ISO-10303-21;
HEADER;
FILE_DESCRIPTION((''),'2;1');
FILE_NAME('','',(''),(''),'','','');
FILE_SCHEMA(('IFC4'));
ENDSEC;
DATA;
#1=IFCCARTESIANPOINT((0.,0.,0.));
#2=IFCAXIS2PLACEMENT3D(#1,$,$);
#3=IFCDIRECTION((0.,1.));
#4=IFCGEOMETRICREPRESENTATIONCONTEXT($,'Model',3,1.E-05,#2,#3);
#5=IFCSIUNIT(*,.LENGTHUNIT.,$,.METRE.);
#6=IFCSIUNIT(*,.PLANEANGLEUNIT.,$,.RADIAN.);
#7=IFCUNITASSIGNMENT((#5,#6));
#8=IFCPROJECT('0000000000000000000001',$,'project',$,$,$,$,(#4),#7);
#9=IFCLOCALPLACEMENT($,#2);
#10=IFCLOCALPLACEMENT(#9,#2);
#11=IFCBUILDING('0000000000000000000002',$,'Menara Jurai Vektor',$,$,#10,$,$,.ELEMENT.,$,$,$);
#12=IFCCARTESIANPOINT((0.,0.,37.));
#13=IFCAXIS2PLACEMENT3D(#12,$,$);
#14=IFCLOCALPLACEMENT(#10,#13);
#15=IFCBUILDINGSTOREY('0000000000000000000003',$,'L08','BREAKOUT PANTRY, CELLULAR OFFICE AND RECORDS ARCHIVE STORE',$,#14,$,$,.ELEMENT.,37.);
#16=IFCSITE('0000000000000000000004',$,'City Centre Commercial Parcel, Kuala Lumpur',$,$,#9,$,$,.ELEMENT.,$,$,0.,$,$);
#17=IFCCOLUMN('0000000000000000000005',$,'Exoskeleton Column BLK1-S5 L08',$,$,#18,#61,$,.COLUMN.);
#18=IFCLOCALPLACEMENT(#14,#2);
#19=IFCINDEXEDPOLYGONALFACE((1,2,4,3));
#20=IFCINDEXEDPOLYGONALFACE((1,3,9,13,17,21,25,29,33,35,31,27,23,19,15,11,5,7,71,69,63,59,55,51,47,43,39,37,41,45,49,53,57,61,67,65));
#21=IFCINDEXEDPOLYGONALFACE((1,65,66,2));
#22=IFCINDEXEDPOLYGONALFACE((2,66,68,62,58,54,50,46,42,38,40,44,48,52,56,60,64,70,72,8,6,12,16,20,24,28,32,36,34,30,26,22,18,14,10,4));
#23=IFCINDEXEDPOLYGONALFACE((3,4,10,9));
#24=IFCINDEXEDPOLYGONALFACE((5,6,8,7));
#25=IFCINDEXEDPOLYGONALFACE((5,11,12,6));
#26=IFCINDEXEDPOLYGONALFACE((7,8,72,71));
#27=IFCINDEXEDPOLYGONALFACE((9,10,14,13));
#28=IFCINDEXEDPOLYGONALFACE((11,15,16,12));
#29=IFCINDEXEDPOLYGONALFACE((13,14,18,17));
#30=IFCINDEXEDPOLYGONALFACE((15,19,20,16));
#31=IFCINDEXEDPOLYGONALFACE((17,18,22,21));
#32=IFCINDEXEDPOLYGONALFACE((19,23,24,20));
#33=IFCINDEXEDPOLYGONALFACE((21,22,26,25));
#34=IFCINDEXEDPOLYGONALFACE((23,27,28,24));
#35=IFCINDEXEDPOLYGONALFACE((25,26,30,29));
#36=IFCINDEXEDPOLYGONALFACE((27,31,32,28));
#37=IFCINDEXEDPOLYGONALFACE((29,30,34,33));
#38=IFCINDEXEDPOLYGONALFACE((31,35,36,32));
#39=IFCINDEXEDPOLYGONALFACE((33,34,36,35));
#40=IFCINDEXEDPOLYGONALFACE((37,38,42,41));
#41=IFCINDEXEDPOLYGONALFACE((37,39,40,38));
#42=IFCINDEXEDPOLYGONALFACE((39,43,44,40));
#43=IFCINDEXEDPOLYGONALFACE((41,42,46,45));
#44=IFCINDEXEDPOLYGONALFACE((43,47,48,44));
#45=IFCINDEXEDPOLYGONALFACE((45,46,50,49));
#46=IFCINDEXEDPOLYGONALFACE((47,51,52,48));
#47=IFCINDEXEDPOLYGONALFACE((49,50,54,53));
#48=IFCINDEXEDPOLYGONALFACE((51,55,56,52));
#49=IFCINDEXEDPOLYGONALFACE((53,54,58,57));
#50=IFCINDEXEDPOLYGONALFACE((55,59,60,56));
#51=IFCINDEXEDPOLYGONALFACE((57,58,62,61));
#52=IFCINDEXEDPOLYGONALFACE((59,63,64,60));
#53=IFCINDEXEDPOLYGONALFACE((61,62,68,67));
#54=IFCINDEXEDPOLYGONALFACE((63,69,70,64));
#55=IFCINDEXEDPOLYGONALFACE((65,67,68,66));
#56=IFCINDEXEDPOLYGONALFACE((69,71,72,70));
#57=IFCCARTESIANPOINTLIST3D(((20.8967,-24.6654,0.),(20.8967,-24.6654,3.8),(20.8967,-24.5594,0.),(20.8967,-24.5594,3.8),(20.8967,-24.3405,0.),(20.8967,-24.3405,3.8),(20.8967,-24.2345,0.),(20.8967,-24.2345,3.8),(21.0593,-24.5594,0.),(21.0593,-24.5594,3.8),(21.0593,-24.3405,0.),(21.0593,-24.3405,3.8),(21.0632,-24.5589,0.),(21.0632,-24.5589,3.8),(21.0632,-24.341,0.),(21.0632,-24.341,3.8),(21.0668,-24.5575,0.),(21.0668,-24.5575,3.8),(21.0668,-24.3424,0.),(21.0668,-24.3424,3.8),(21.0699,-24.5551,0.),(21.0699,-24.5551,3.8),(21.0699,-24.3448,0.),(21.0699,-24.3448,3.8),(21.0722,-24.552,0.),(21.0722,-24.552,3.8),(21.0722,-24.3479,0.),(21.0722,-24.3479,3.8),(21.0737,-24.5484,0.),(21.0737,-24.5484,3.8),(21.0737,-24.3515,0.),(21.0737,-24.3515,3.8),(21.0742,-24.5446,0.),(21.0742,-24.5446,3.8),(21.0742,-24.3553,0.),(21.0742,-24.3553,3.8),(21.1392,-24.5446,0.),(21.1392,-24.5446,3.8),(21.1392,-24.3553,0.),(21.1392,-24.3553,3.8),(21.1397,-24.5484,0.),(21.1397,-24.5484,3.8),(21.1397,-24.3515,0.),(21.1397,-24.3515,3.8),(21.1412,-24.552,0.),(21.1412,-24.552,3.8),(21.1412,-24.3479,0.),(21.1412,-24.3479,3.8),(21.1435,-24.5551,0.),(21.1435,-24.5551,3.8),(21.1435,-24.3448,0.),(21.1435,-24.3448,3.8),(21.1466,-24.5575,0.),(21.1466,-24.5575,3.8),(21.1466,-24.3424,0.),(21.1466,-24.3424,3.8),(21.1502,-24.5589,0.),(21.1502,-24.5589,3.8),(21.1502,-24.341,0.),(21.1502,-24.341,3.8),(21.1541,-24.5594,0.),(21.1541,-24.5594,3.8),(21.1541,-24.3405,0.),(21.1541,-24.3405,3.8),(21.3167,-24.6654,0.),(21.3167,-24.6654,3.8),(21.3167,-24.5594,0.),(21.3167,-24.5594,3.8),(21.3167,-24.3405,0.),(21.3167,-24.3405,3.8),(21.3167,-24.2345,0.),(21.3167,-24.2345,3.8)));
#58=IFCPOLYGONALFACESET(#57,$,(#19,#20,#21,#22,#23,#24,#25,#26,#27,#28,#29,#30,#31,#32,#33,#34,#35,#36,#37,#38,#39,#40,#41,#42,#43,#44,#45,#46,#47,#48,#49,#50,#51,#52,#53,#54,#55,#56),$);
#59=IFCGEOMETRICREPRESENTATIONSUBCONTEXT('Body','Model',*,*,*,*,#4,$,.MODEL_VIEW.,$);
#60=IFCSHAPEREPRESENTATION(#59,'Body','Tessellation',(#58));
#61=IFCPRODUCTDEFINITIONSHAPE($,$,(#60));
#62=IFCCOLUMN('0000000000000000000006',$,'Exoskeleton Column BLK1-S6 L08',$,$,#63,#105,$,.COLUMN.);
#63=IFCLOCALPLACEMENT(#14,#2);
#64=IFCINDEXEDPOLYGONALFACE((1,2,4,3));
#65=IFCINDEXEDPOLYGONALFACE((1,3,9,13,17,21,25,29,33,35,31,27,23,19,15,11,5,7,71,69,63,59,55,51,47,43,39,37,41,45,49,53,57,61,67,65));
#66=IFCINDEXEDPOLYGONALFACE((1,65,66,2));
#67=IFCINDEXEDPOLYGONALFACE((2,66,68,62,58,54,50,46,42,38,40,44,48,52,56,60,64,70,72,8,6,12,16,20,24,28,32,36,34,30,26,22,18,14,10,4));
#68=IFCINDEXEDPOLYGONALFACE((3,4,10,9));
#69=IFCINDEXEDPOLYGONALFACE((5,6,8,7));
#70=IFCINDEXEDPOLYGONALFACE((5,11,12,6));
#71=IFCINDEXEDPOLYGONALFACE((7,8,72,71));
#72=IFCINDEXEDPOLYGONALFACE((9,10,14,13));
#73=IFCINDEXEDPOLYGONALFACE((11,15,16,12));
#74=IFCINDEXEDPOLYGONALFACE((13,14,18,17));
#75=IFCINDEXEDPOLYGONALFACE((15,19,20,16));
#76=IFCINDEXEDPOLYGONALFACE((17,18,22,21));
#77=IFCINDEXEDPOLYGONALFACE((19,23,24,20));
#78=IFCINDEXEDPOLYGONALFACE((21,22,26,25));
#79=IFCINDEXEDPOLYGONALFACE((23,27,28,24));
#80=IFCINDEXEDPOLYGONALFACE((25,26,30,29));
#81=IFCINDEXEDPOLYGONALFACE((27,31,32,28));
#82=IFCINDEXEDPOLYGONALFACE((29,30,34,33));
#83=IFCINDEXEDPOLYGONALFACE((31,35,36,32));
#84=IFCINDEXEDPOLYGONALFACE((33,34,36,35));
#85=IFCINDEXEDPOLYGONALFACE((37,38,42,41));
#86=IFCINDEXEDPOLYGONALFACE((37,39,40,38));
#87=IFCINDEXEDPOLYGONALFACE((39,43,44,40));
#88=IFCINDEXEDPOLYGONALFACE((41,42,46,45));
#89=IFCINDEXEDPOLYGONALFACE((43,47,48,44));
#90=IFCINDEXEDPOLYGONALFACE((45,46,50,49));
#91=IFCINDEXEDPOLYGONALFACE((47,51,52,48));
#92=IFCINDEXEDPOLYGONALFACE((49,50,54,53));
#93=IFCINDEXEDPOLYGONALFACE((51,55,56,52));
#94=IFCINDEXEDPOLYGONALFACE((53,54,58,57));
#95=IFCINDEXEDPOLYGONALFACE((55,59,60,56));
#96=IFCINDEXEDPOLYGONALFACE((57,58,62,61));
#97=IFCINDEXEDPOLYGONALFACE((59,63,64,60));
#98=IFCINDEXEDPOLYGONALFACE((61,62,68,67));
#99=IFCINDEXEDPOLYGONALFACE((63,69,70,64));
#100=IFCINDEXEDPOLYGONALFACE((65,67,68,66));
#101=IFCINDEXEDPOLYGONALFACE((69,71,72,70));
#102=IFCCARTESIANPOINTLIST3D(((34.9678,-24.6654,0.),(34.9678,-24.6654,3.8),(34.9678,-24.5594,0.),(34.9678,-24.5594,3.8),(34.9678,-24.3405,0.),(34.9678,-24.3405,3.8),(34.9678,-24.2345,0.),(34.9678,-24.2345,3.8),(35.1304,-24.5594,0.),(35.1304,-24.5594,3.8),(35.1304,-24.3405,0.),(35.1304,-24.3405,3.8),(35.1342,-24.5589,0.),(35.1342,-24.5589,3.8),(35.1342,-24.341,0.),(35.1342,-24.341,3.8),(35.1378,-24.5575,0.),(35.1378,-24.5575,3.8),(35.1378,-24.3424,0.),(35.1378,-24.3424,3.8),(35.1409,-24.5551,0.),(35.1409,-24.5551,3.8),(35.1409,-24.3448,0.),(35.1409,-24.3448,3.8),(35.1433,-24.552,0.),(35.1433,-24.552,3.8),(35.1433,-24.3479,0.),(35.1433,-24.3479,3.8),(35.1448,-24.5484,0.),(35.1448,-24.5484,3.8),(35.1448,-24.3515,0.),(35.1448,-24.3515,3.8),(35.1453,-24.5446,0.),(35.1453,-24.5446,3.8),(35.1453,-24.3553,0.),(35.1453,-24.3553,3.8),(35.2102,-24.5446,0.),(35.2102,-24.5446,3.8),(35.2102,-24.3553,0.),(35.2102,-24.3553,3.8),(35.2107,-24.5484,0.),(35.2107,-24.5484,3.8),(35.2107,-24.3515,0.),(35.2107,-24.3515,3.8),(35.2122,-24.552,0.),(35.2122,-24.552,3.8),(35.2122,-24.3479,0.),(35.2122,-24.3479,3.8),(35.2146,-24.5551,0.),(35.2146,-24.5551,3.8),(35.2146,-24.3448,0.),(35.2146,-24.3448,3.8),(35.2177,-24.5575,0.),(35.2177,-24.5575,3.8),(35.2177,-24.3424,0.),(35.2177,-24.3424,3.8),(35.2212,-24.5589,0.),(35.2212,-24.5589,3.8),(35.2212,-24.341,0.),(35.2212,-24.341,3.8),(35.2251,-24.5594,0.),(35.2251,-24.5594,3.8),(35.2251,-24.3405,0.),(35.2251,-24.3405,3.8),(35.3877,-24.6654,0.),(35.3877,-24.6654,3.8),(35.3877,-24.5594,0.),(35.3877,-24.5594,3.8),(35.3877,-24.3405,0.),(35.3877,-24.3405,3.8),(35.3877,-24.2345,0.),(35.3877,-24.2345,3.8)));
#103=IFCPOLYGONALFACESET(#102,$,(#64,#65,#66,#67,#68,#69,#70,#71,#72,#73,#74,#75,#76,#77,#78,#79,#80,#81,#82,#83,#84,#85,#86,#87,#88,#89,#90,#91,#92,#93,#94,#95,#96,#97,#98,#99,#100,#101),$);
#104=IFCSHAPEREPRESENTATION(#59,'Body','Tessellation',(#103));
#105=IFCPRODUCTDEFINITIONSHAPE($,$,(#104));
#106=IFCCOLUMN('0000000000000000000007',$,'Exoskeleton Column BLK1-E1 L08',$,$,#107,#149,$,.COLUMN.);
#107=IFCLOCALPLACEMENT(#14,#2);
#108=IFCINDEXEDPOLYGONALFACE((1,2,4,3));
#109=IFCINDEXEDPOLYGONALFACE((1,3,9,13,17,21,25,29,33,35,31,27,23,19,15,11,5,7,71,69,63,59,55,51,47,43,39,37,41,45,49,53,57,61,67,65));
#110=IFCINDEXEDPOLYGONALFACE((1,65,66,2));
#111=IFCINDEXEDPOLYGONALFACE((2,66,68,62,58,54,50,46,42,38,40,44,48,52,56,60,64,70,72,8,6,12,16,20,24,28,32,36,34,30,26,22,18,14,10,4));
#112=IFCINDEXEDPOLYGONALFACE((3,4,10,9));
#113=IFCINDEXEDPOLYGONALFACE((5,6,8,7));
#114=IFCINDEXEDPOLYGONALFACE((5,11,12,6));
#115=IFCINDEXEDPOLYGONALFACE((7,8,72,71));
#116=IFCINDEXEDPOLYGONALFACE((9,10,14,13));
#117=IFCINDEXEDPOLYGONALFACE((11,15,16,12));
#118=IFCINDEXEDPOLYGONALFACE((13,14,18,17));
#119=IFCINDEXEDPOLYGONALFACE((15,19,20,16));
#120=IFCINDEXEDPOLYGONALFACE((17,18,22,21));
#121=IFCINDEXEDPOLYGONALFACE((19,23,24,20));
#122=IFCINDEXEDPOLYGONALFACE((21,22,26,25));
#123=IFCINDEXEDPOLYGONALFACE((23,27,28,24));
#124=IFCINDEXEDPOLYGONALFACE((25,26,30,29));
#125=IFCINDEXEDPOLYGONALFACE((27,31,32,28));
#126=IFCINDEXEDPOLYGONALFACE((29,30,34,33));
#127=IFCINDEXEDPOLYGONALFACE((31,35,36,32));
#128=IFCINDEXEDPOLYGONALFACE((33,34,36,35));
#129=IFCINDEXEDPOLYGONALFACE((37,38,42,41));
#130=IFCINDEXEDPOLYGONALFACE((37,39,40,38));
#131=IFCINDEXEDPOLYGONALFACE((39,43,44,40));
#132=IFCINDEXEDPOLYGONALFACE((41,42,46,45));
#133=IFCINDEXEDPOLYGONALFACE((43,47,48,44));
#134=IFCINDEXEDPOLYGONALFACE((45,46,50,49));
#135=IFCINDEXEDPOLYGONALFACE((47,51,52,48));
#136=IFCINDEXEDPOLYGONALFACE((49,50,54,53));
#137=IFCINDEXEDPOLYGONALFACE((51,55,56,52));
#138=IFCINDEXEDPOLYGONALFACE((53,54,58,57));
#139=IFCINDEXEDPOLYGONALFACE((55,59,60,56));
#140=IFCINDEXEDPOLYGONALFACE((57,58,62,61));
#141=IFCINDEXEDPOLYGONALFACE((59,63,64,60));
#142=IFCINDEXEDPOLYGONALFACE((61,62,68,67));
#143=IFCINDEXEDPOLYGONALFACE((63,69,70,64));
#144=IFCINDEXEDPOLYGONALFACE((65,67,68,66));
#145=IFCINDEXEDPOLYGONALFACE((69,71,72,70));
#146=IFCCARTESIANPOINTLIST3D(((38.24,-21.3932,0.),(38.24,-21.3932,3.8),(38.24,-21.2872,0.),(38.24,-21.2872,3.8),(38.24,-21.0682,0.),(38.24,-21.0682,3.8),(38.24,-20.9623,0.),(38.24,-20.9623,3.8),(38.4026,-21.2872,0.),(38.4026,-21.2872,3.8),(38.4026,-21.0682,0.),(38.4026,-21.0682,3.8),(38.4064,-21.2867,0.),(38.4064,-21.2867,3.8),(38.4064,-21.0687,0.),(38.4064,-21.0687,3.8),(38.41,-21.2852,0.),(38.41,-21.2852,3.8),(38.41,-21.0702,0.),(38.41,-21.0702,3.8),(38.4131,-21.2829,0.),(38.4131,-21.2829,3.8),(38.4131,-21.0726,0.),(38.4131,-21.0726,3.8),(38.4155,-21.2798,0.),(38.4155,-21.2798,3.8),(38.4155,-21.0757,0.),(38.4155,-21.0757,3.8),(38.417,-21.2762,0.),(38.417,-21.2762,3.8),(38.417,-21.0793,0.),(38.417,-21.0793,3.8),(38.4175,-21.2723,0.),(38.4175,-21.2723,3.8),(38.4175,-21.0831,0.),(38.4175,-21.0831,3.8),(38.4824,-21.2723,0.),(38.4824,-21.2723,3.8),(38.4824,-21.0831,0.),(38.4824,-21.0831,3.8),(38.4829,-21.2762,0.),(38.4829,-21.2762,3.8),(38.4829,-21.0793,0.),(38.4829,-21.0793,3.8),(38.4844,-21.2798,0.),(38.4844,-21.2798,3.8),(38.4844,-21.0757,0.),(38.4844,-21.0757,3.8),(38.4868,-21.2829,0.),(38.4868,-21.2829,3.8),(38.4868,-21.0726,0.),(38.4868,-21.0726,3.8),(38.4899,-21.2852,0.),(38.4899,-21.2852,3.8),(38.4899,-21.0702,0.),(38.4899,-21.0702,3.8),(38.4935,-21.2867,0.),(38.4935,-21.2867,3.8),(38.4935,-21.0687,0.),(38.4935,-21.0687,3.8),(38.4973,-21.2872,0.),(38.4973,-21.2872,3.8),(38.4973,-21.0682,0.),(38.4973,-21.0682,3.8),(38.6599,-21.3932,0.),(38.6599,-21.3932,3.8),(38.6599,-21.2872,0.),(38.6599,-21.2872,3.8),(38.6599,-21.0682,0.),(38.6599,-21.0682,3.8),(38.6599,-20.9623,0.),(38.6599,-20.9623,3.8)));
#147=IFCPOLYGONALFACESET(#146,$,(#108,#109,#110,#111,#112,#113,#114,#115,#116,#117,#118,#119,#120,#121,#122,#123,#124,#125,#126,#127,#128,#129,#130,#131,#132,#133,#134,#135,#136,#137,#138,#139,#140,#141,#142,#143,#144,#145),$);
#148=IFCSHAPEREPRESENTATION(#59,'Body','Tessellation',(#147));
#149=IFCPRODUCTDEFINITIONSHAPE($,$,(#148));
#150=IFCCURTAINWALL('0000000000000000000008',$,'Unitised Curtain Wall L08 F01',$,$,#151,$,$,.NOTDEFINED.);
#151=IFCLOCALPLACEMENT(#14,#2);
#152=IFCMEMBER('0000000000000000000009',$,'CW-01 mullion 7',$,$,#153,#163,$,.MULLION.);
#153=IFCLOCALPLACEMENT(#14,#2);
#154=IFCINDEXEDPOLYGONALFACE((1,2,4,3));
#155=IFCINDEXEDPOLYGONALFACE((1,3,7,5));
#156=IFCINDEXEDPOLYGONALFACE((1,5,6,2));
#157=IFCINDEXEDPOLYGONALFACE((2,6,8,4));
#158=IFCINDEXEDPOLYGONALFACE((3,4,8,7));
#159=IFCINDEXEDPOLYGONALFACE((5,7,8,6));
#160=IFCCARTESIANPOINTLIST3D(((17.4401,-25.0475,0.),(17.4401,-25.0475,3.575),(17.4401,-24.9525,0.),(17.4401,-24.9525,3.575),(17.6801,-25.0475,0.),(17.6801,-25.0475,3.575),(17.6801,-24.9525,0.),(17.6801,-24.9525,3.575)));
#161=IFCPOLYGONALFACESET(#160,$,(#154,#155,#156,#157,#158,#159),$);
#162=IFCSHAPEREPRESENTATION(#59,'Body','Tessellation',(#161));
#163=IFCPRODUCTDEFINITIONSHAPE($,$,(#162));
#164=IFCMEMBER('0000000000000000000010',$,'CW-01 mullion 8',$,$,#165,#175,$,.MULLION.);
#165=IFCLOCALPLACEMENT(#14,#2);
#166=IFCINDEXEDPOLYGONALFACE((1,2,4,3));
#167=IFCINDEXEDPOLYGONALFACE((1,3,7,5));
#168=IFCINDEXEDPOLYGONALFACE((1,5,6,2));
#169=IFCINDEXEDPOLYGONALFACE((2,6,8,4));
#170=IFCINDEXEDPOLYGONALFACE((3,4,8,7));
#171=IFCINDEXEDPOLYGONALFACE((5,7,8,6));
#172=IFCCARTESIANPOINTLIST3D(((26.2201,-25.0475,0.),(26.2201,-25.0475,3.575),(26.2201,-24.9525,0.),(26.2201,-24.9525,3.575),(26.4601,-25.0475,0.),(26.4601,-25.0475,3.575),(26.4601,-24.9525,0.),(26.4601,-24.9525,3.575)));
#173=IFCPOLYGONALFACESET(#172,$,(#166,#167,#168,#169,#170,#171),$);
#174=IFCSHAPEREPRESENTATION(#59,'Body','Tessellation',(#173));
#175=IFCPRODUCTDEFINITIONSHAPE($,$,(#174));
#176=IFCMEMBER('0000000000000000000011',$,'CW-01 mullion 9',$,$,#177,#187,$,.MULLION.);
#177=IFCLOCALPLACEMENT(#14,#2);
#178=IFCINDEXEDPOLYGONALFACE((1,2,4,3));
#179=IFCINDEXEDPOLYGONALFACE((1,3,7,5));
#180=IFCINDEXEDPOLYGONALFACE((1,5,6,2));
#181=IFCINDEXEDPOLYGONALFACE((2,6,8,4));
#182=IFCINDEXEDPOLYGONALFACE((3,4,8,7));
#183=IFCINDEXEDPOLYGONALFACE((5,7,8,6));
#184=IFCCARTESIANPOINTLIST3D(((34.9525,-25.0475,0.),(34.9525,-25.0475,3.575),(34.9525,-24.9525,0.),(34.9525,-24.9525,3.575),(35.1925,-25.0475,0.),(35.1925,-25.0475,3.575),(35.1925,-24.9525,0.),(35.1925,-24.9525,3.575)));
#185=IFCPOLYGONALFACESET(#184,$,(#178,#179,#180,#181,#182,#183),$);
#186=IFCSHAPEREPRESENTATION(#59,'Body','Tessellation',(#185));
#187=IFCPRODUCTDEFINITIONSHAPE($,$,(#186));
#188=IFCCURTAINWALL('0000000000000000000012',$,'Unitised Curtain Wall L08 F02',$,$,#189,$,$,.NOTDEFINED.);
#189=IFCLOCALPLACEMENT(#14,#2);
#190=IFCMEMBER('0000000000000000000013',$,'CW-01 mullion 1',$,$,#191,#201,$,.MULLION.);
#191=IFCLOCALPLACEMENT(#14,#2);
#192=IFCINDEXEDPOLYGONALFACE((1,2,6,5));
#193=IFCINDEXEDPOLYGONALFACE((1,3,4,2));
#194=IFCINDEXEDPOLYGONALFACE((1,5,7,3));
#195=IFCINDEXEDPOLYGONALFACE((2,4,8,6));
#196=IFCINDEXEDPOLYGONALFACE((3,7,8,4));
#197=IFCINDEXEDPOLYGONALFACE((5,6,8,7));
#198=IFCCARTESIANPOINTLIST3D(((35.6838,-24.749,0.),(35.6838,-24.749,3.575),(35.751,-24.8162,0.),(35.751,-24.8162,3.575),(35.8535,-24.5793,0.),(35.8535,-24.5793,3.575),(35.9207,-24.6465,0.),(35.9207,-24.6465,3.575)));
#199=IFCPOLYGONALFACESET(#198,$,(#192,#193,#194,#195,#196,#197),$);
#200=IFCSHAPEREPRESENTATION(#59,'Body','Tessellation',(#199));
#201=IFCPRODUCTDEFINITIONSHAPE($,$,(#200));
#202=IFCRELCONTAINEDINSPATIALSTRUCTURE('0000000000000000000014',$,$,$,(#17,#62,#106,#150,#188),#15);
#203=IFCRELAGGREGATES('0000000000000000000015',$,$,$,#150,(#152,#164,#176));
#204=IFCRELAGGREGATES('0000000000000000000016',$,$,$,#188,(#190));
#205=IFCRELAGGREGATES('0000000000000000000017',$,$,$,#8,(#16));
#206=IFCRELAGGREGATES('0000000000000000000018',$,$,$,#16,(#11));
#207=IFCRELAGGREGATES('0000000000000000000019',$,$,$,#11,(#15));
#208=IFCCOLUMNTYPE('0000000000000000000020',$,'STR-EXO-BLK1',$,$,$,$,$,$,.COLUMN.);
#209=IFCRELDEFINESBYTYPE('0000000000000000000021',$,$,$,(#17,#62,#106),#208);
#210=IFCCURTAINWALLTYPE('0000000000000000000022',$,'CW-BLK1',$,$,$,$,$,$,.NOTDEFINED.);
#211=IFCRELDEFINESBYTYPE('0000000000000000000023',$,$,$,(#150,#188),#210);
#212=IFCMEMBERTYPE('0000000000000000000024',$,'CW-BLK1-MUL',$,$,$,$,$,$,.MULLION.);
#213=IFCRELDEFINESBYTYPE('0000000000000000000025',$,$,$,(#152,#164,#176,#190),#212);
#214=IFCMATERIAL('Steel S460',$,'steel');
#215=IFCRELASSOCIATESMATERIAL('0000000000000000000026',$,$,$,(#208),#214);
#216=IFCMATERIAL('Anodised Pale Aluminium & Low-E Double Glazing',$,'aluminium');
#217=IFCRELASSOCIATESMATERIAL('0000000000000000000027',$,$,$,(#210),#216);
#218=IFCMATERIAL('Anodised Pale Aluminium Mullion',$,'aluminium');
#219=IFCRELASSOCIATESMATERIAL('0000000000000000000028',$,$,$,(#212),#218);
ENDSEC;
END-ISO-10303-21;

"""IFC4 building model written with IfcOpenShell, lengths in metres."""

from ifc_helpers import new_model, si_unit, direction, frame, origin, origin_2d, place, context, subcontext, project, spatial, rectangle, i_section, extrude, material, material_profile, profile_set, type_object, element, aggregate, save


model = new_model("IFC4")

# Units and contexts
model_context = context("Model", 3, precision=1e-05, world=origin(), true_north=direction((0.0, 1.0)))
body_context = subcontext(model_context, "Body", "Model", "MODEL_VIEW")
ifc_project = project(units=[si_unit("LENGTHUNIT", "METRE"), si_unit("PLANEANGLEUNIT", "RADIAN")], contexts=[model_context])

# Site, building, storey
site_placement = place(None, origin())
site = spatial("IfcSite", under=ifc_project, at=site_placement, Name="City Centre Commercial Parcel, Kuala Lumpur", CompositionType="ELEMENT", RefElevation=0.0)
building_placement = place(site_placement, origin())
building = spatial("IfcBuilding", under=site, at=building_placement, Name="Menara Jurai Vektor", CompositionType="ELEMENT")
storey_placement = place(building_placement, frame((0.0, 0.0, 37.0)))
storey = spatial("IfcBuildingStorey", under=building, at=storey_placement, Name="L08", Description="BREAKOUT PANTRY, CELLULAR OFFICE AND RECORDS ARCHIVE STORE", CompositionType="ELEMENT", Elevation=37.0)

# Columns
ifc_material_1 = material(Name="Steel S460", Category="steel")
ifc_material_profile_1 = material_profile(ifc_material_1, i_section(OverallWidth=0.4199, OverallDepth=0.4309, WebThickness=0.0649, FlangeThickness=0.106, FilletRadius=0.0149, at=origin_2d()), Name="HD 400x900")
ifc_profile_set_1 = profile_set([ifc_material_profile_1], Name="Steel S460")
column_type = type_object("IfcColumnType", Name="STR-EXO-BLK1", PredefinedType="COLUMN", material=ifc_profile_set_1)
for number, where, z_axis, x_axis, name in (
    (1, (21.1067, -24.45, 0.0), (0.0, 0.0, 1.0), (1.0, 0.0, 0.0), "Exoskeleton Column BLK1-S5 L08"),
    (2, (35.1777, -24.45, 0.0), (0.0, 0.0, 1.0), (1.0, 0.0, 0.0), "Exoskeleton Column BLK1-S6 L08"),
    (3, (38.45, -21.1777, 0.0), (0.0, 0.0, 1.0), (1.0, 0.0, 0.0), "Exoskeleton Column BLK1-E1 L08"),
):
    element("IfcColumn", number, at=place(storey_placement, frame(where, z_axis=z_axis, x_axis=x_axis)), inside=storey, type_object=column_type, Name=name, PredefinedType="COLUMN", context=body_context, shape_type="SweptSolid", body=[
        extrude(i_section(OverallWidth=0.4199, OverallDepth=0.4309, WebThickness=0.0649, FlangeThickness=0.106, FilletRadius=0.0149, at=origin_2d()), origin(), (0.0, 0.0, 1.0), 3.8),
    ])

# Curtain walls, members
ifc_material_2 = material(Name="Anodised Pale Aluminium & Low-E Double Glazing", Category="aluminium")
curtain_wall_type = type_object("IfcCurtainWallType", Name="CW-BLK1", PredefinedType="NOTDEFINED", material=ifc_material_2)
curtain_wall_1_placement = place(storey_placement, origin())
curtain_wall_1 = element("IfcCurtainWall", 4, at=curtain_wall_1_placement, inside=storey, type_object=curtain_wall_type, Name="Unitised Curtain Wall L08 F01", PredefinedType="NOTDEFINED")
ifc_material_3 = material(Name="Anodised Pale Aluminium Mullion", Category="aluminium")
ifc_material_profile_2 = material_profile(ifc_material_3, rectangle(XDim=0.095, YDim=0.24, at=origin_2d()), Name="ALU MUL 95x240")
ifc_profile_set_2 = profile_set([ifc_material_profile_2], Name="Anodised Pale Aluminium Mullion")
member_type_1 = type_object("IfcMemberType", Name="CW-BLK1-MUL", PredefinedType="MULLION", material=ifc_profile_set_2)
member_1_placement = place(storey_placement, frame((17.5601, -25.0, 0.0), z_axis=(0.0, 0.0, 1.0), x_axis=(0.0, 1.0, 0.0)))
member_1 = element("IfcMember", 5, at=member_1_placement, type_object=member_type_1, Name="CW-01 mullion 7", PredefinedType="MULLION", context=body_context, shape_type="SweptSolid", body=[
    extrude(rectangle(XDim=0.095, YDim=0.24, at=origin_2d()), origin(), (0.0, 0.0, 1.0), 3.575),
])
member_2_placement = place(storey_placement, frame((26.3401, -25.0, 0.0), z_axis=(0.0, 0.0, 1.0), x_axis=(0.0, 1.0, 0.0)))
member_2 = element("IfcMember", 6, at=member_2_placement, type_object=member_type_1, Name="CW-01 mullion 8", PredefinedType="MULLION", context=body_context, shape_type="SweptSolid", body=[
    extrude(rectangle(XDim=0.095, YDim=0.24, at=origin_2d()), origin(), (0.0, 0.0, 1.0), 3.575),
])
member_3_placement = place(storey_placement, frame((35.0725, -25.0, 0.0), z_axis=(0.0, 0.0, 1.0), x_axis=(0.0, 1.0, 0.0)))
member_3 = element("IfcMember", 7, at=member_3_placement, type_object=member_type_1, Name="CW-01 mullion 9", PredefinedType="MULLION", context=body_context, shape_type="SweptSolid", body=[
    extrude(rectangle(XDim=0.095, YDim=0.24, at=origin_2d()), origin(), (0.0, 0.0, 1.0), 3.575),
])
curtain_wall_2_placement = place(storey_placement, origin())
curtain_wall_2 = element("IfcCurtainWall", 8, at=curtain_wall_2_placement, inside=storey, type_object=curtain_wall_type, Name="Unitised Curtain Wall L08 F02", PredefinedType="NOTDEFINED")
member_4_placement = place(storey_placement, frame((35.8022, -24.6978, 0.0), z_axis=(0.0, 0.0, 1.0), x_axis=(-0.707107, 0.707107, 0.0)))
member_4 = element("IfcMember", 9, at=member_4_placement, type_object=member_type_1, Name="CW-01 mullion 1", PredefinedType="MULLION", context=body_context, shape_type="SweptSolid", body=[
    extrude(rectangle(XDim=0.095, YDim=0.24, at=origin_2d()), origin(), (0.0, 0.0, 1.0), 3.575),
])

aggregate(curtain_wall_1, [member_1, member_2, member_3])
aggregate(curtain_wall_2, [member_4])

save(model, "model.ifc")
